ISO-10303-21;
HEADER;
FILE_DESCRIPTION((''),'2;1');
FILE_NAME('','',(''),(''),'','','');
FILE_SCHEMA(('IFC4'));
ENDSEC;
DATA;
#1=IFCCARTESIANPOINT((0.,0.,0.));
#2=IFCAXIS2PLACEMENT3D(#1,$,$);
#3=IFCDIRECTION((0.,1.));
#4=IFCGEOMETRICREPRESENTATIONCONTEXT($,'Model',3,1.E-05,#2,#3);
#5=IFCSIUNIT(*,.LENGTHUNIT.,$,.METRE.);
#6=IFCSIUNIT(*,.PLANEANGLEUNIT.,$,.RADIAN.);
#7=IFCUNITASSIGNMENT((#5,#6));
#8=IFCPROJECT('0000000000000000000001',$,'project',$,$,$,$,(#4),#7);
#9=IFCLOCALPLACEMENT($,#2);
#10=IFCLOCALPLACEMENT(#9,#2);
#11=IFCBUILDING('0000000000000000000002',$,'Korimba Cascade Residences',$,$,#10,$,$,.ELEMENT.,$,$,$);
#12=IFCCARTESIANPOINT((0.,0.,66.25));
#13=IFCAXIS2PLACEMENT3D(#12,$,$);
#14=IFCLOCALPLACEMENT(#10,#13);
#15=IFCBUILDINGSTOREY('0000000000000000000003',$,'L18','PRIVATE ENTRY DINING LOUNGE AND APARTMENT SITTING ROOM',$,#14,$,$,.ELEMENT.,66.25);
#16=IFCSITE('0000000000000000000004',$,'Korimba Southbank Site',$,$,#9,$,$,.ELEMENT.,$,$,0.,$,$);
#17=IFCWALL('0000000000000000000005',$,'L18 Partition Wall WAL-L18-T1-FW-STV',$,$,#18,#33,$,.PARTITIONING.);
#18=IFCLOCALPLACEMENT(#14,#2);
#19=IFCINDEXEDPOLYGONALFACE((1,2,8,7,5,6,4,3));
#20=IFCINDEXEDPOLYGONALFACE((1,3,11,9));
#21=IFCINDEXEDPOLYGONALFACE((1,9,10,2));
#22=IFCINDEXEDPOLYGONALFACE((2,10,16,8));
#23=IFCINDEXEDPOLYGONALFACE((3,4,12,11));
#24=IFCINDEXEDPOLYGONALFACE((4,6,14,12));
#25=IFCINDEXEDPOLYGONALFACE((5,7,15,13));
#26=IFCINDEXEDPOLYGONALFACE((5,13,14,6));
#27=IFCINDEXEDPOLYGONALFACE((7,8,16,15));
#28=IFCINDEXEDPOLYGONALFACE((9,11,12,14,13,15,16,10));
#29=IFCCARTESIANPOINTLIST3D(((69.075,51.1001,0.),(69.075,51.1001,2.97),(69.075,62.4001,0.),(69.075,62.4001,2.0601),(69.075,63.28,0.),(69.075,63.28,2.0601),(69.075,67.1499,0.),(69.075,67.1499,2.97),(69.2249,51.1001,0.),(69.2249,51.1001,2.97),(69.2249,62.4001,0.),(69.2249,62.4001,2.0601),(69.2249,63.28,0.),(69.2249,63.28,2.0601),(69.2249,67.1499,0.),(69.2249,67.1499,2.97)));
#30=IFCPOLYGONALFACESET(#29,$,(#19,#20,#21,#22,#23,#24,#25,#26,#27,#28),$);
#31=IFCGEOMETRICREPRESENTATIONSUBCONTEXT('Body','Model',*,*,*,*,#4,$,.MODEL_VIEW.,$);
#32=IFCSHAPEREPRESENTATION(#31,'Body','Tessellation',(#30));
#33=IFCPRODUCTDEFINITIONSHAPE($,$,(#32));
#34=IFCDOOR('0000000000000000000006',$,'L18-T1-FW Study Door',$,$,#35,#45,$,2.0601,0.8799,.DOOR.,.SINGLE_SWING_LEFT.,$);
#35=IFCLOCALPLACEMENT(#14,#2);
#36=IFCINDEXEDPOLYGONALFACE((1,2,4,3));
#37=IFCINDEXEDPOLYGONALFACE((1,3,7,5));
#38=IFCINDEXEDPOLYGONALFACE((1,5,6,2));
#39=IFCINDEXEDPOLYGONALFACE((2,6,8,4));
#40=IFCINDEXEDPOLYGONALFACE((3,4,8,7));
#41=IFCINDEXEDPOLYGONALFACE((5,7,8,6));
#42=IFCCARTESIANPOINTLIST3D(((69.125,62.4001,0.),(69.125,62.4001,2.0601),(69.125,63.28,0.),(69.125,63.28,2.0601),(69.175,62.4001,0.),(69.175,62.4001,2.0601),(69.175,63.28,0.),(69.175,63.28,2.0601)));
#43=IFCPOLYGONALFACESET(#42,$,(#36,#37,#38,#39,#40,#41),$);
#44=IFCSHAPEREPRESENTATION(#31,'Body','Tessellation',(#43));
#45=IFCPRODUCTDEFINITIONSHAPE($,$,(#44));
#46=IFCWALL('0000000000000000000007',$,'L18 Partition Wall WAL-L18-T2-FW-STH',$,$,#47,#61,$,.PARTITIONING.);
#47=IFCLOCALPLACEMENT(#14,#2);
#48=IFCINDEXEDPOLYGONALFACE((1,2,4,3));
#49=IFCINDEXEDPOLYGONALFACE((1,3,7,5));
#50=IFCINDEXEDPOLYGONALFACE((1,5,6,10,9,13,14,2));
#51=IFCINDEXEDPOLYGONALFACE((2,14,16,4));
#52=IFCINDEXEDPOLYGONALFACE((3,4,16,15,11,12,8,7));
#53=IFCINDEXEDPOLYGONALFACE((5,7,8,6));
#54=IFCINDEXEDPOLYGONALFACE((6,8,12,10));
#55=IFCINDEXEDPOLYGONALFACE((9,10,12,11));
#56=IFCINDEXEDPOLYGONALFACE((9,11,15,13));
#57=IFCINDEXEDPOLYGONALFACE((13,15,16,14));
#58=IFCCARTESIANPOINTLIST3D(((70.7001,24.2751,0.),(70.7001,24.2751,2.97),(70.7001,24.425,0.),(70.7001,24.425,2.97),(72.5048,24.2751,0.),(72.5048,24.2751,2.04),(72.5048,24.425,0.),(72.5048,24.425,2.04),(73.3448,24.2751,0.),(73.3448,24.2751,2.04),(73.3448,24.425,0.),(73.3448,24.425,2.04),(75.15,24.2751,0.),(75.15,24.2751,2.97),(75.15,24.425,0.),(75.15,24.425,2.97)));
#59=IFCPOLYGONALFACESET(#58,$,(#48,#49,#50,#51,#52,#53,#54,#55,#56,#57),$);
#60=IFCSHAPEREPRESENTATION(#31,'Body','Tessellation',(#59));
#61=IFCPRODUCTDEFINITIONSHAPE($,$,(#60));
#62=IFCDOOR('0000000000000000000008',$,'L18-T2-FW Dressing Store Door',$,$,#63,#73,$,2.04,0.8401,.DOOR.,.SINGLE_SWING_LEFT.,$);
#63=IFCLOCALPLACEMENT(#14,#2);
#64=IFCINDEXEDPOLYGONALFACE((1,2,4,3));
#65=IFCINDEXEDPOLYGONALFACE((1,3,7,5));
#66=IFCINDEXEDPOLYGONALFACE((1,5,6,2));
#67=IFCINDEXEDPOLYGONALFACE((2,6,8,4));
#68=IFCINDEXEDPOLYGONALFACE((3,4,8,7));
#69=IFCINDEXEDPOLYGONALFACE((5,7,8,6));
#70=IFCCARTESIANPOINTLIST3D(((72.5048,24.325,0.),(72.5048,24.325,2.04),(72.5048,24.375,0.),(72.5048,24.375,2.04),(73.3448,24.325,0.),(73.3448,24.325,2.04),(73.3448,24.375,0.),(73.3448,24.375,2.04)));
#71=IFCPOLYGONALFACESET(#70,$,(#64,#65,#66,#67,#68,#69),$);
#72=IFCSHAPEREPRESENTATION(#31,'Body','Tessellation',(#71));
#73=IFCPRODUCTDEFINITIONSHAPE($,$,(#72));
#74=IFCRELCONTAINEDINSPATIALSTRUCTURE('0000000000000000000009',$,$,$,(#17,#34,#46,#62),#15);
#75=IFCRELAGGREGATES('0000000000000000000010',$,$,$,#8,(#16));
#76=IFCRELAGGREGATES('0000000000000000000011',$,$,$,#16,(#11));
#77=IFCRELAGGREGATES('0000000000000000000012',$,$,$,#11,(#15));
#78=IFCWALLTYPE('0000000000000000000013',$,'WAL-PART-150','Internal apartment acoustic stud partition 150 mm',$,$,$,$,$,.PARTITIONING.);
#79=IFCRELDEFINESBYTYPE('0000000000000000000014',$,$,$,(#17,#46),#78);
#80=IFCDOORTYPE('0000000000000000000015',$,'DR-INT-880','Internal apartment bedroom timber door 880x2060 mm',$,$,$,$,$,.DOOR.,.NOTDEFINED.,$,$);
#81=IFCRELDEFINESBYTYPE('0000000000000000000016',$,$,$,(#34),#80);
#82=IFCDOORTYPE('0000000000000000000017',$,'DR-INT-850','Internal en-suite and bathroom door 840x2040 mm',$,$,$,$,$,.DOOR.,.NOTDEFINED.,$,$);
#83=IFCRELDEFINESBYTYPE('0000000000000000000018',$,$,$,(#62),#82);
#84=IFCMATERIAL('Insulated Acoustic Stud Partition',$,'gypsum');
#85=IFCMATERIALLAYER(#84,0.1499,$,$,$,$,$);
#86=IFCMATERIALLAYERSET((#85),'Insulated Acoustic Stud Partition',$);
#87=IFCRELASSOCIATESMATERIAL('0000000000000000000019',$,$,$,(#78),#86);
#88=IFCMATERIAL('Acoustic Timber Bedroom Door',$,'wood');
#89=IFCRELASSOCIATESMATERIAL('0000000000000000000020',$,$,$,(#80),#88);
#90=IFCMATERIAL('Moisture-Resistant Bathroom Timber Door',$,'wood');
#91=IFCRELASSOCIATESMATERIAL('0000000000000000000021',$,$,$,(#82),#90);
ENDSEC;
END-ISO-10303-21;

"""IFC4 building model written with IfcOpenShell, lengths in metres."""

from ifc_helpers import new_model, si_unit, direction, frame, frame_2d, origin, place, context, subcontext, project, spatial, rectangle, extrude, material, layer, layer_set, type_object, element, fill, save


model = new_model("IFC4")

# Units and contexts
model_context = context("Model", 3, precision=1e-05, world=origin(), true_north=direction((0.0, 1.0)))
body_context = subcontext(model_context, "Body", "Model", "MODEL_VIEW")
ifc_project = project(units=[si_unit("LENGTHUNIT", "METRE"), si_unit("PLANEANGLEUNIT", "RADIAN")], contexts=[model_context])

# Site, building, storey
site_placement = place(None, origin())
site = spatial("IfcSite", under=ifc_project, at=site_placement, Name="Korimba Southbank Site", CompositionType="ELEMENT", RefElevation=0.0)
building_placement = place(site_placement, origin())
building = spatial("IfcBuilding", under=site, at=building_placement, Name="Korimba Cascade Residences", CompositionType="ELEMENT")
storey_placement = place(building_placement, frame((0.0, 0.0, 66.25)))
storey = spatial("IfcBuildingStorey", under=building, at=storey_placement, Name="L18", Description="PRIVATE ENTRY DINING LOUNGE AND APARTMENT SITTING ROOM", CompositionType="ELEMENT", Elevation=66.25)

# Walls, openings, doors
ifc_material_1 = material(Name="Insulated Acoustic Stud Partition", Category="gypsum")
ifc_layer_1 = layer(ifc_material_1, 0.1499)
ifc_layer_set_1 = layer_set([ifc_layer_1], Name="Insulated Acoustic Stud Partition")
wall_type_1 = type_object("IfcWallType", Name="WAL-PART-150", Description="Internal apartment acoustic stud partition 150 mm", PredefinedType="PARTITIONING", material=ifc_layer_set_1)
wall_1_placement = place(storey_placement, frame((69.1499, 51.1001, 0.0), z_axis=(0.0, 0.0, 1.0), x_axis=(0.0, 1.0, 0.0)))
wall_1 = element("IfcWall", 1, at=wall_1_placement, inside=storey, type_object=wall_type_1, Name="L18 Partition Wall WAL-L18-T1-FW-STV", PredefinedType="PARTITIONING", context=body_context, shape_type="SweptSolid", body=[
    extrude(rectangle(XDim=16.0498, YDim=0.1499, at=frame_2d((8.0249, 0.0))), origin(), (0.0, 0.0, 1.0), 2.97),
])
opening_1_placement = place(wall_1_placement, frame((11.3, 0.0, 0.0)))
opening_1 = element("IfcOpeningElement", 2, at=opening_1_placement, cuts=wall_1, PredefinedType="OPENING", context=body_context, shape_type="SweptSolid", body=[
    extrude(rectangle(XDim=0.8799, YDim=2.0601, at=frame_2d((0.4399, 1.03))), frame((0.0, 0.085, 0.0), z_axis=(0.0, -1.0, 0.0), x_axis=(1.0, 0.0, 0.0)), (0.0, 0.0, 1.0), 0.1699),
])
ifc_material_2 = material(Name="Acoustic Timber Bedroom Door", Category="wood")
door_type_1 = type_object("IfcDoorType", Name="DR-INT-880", Description="Internal apartment bedroom timber door 880x2060 mm", OperationType="NOTDEFINED", PredefinedType="DOOR", material=ifc_material_2)
door_1_placement = place(opening_1_placement, origin())
door_1 = element("IfcDoor", 3, at=door_1_placement, inside=storey, type_object=door_type_1, Name="L18-T1-FW Study Door", OperationType="SINGLE_SWING_LEFT", OverallHeight=2.0601, OverallWidth=0.8799, PredefinedType="DOOR", context=body_context, shape_type="SweptSolid", body=[
    extrude(rectangle(XDim=0.8799, YDim=2.0601, at=frame_2d((0.4399, 1.03))), frame((0.0, 0.0249, 0.0), z_axis=(0.0, -1.0, 0.0), x_axis=(1.0, 0.0, 0.0)), (0.0, 0.0, 1.0), 0.05),
])
fill(opening_1, door_1)
wall_2_placement = place(storey_placement, frame((70.7, 24.3501, 0.0), z_axis=(0.0, 0.0, 1.0), x_axis=(1.0, 0.0, 0.0)))
wall_2 = element("IfcWall", 4, at=wall_2_placement, inside=storey, type_object=wall_type_1, Name="L18 Partition Wall WAL-L18-T2-FW-STH", PredefinedType="PARTITIONING", context=body_context, shape_type="SweptSolid", body=[
    extrude(rectangle(XDim=4.45, YDim=0.1499, at=frame_2d((2.2251, 0.0))), origin(), (0.0, 0.0, 1.0), 2.97),
])
opening_2_placement = place(wall_2_placement, frame((1.8049, 0.0, 0.0)))
opening_2 = element("IfcOpeningElement", 5, at=opening_2_placement, cuts=wall_2, PredefinedType="OPENING", context=body_context, shape_type="SweptSolid", body=[
    extrude(rectangle(XDim=0.8401, YDim=2.04, at=frame_2d((0.4199, 1.02))), frame((0.0, 0.085, 0.0), z_axis=(0.0, -1.0, 0.0), x_axis=(1.0, 0.0, 0.0)), (0.0, 0.0, 1.0), 0.1699),
])
ifc_material_3 = material(Name="Moisture-Resistant Bathroom Timber Door", Category="wood")
door_type_2 = type_object("IfcDoorType", Name="DR-INT-850", Description="Internal en-suite and bathroom door 840x2040 mm", OperationType="NOTDEFINED", PredefinedType="DOOR", material=ifc_material_3)
door_2_placement = place(opening_2_placement, origin())
door_2 = element("IfcDoor", 6, at=door_2_placement, inside=storey, type_object=door_type_2, Name="L18-T2-FW Dressing Store Door", OperationType="SINGLE_SWING_LEFT", OverallHeight=2.04, OverallWidth=0.8401, PredefinedType="DOOR", context=body_context, shape_type="SweptSolid", body=[
    extrude(rectangle(XDim=0.8401, YDim=2.04, at=frame_2d((0.4199, 1.02))), frame((0.0, 0.0249, 0.0), z_axis=(0.0, -1.0, 0.0), x_axis=(1.0, 0.0, 0.0)), (0.0, 0.0, 1.0), 0.05),
])
fill(opening_2, door_2)

save(model, "model.ifc")
